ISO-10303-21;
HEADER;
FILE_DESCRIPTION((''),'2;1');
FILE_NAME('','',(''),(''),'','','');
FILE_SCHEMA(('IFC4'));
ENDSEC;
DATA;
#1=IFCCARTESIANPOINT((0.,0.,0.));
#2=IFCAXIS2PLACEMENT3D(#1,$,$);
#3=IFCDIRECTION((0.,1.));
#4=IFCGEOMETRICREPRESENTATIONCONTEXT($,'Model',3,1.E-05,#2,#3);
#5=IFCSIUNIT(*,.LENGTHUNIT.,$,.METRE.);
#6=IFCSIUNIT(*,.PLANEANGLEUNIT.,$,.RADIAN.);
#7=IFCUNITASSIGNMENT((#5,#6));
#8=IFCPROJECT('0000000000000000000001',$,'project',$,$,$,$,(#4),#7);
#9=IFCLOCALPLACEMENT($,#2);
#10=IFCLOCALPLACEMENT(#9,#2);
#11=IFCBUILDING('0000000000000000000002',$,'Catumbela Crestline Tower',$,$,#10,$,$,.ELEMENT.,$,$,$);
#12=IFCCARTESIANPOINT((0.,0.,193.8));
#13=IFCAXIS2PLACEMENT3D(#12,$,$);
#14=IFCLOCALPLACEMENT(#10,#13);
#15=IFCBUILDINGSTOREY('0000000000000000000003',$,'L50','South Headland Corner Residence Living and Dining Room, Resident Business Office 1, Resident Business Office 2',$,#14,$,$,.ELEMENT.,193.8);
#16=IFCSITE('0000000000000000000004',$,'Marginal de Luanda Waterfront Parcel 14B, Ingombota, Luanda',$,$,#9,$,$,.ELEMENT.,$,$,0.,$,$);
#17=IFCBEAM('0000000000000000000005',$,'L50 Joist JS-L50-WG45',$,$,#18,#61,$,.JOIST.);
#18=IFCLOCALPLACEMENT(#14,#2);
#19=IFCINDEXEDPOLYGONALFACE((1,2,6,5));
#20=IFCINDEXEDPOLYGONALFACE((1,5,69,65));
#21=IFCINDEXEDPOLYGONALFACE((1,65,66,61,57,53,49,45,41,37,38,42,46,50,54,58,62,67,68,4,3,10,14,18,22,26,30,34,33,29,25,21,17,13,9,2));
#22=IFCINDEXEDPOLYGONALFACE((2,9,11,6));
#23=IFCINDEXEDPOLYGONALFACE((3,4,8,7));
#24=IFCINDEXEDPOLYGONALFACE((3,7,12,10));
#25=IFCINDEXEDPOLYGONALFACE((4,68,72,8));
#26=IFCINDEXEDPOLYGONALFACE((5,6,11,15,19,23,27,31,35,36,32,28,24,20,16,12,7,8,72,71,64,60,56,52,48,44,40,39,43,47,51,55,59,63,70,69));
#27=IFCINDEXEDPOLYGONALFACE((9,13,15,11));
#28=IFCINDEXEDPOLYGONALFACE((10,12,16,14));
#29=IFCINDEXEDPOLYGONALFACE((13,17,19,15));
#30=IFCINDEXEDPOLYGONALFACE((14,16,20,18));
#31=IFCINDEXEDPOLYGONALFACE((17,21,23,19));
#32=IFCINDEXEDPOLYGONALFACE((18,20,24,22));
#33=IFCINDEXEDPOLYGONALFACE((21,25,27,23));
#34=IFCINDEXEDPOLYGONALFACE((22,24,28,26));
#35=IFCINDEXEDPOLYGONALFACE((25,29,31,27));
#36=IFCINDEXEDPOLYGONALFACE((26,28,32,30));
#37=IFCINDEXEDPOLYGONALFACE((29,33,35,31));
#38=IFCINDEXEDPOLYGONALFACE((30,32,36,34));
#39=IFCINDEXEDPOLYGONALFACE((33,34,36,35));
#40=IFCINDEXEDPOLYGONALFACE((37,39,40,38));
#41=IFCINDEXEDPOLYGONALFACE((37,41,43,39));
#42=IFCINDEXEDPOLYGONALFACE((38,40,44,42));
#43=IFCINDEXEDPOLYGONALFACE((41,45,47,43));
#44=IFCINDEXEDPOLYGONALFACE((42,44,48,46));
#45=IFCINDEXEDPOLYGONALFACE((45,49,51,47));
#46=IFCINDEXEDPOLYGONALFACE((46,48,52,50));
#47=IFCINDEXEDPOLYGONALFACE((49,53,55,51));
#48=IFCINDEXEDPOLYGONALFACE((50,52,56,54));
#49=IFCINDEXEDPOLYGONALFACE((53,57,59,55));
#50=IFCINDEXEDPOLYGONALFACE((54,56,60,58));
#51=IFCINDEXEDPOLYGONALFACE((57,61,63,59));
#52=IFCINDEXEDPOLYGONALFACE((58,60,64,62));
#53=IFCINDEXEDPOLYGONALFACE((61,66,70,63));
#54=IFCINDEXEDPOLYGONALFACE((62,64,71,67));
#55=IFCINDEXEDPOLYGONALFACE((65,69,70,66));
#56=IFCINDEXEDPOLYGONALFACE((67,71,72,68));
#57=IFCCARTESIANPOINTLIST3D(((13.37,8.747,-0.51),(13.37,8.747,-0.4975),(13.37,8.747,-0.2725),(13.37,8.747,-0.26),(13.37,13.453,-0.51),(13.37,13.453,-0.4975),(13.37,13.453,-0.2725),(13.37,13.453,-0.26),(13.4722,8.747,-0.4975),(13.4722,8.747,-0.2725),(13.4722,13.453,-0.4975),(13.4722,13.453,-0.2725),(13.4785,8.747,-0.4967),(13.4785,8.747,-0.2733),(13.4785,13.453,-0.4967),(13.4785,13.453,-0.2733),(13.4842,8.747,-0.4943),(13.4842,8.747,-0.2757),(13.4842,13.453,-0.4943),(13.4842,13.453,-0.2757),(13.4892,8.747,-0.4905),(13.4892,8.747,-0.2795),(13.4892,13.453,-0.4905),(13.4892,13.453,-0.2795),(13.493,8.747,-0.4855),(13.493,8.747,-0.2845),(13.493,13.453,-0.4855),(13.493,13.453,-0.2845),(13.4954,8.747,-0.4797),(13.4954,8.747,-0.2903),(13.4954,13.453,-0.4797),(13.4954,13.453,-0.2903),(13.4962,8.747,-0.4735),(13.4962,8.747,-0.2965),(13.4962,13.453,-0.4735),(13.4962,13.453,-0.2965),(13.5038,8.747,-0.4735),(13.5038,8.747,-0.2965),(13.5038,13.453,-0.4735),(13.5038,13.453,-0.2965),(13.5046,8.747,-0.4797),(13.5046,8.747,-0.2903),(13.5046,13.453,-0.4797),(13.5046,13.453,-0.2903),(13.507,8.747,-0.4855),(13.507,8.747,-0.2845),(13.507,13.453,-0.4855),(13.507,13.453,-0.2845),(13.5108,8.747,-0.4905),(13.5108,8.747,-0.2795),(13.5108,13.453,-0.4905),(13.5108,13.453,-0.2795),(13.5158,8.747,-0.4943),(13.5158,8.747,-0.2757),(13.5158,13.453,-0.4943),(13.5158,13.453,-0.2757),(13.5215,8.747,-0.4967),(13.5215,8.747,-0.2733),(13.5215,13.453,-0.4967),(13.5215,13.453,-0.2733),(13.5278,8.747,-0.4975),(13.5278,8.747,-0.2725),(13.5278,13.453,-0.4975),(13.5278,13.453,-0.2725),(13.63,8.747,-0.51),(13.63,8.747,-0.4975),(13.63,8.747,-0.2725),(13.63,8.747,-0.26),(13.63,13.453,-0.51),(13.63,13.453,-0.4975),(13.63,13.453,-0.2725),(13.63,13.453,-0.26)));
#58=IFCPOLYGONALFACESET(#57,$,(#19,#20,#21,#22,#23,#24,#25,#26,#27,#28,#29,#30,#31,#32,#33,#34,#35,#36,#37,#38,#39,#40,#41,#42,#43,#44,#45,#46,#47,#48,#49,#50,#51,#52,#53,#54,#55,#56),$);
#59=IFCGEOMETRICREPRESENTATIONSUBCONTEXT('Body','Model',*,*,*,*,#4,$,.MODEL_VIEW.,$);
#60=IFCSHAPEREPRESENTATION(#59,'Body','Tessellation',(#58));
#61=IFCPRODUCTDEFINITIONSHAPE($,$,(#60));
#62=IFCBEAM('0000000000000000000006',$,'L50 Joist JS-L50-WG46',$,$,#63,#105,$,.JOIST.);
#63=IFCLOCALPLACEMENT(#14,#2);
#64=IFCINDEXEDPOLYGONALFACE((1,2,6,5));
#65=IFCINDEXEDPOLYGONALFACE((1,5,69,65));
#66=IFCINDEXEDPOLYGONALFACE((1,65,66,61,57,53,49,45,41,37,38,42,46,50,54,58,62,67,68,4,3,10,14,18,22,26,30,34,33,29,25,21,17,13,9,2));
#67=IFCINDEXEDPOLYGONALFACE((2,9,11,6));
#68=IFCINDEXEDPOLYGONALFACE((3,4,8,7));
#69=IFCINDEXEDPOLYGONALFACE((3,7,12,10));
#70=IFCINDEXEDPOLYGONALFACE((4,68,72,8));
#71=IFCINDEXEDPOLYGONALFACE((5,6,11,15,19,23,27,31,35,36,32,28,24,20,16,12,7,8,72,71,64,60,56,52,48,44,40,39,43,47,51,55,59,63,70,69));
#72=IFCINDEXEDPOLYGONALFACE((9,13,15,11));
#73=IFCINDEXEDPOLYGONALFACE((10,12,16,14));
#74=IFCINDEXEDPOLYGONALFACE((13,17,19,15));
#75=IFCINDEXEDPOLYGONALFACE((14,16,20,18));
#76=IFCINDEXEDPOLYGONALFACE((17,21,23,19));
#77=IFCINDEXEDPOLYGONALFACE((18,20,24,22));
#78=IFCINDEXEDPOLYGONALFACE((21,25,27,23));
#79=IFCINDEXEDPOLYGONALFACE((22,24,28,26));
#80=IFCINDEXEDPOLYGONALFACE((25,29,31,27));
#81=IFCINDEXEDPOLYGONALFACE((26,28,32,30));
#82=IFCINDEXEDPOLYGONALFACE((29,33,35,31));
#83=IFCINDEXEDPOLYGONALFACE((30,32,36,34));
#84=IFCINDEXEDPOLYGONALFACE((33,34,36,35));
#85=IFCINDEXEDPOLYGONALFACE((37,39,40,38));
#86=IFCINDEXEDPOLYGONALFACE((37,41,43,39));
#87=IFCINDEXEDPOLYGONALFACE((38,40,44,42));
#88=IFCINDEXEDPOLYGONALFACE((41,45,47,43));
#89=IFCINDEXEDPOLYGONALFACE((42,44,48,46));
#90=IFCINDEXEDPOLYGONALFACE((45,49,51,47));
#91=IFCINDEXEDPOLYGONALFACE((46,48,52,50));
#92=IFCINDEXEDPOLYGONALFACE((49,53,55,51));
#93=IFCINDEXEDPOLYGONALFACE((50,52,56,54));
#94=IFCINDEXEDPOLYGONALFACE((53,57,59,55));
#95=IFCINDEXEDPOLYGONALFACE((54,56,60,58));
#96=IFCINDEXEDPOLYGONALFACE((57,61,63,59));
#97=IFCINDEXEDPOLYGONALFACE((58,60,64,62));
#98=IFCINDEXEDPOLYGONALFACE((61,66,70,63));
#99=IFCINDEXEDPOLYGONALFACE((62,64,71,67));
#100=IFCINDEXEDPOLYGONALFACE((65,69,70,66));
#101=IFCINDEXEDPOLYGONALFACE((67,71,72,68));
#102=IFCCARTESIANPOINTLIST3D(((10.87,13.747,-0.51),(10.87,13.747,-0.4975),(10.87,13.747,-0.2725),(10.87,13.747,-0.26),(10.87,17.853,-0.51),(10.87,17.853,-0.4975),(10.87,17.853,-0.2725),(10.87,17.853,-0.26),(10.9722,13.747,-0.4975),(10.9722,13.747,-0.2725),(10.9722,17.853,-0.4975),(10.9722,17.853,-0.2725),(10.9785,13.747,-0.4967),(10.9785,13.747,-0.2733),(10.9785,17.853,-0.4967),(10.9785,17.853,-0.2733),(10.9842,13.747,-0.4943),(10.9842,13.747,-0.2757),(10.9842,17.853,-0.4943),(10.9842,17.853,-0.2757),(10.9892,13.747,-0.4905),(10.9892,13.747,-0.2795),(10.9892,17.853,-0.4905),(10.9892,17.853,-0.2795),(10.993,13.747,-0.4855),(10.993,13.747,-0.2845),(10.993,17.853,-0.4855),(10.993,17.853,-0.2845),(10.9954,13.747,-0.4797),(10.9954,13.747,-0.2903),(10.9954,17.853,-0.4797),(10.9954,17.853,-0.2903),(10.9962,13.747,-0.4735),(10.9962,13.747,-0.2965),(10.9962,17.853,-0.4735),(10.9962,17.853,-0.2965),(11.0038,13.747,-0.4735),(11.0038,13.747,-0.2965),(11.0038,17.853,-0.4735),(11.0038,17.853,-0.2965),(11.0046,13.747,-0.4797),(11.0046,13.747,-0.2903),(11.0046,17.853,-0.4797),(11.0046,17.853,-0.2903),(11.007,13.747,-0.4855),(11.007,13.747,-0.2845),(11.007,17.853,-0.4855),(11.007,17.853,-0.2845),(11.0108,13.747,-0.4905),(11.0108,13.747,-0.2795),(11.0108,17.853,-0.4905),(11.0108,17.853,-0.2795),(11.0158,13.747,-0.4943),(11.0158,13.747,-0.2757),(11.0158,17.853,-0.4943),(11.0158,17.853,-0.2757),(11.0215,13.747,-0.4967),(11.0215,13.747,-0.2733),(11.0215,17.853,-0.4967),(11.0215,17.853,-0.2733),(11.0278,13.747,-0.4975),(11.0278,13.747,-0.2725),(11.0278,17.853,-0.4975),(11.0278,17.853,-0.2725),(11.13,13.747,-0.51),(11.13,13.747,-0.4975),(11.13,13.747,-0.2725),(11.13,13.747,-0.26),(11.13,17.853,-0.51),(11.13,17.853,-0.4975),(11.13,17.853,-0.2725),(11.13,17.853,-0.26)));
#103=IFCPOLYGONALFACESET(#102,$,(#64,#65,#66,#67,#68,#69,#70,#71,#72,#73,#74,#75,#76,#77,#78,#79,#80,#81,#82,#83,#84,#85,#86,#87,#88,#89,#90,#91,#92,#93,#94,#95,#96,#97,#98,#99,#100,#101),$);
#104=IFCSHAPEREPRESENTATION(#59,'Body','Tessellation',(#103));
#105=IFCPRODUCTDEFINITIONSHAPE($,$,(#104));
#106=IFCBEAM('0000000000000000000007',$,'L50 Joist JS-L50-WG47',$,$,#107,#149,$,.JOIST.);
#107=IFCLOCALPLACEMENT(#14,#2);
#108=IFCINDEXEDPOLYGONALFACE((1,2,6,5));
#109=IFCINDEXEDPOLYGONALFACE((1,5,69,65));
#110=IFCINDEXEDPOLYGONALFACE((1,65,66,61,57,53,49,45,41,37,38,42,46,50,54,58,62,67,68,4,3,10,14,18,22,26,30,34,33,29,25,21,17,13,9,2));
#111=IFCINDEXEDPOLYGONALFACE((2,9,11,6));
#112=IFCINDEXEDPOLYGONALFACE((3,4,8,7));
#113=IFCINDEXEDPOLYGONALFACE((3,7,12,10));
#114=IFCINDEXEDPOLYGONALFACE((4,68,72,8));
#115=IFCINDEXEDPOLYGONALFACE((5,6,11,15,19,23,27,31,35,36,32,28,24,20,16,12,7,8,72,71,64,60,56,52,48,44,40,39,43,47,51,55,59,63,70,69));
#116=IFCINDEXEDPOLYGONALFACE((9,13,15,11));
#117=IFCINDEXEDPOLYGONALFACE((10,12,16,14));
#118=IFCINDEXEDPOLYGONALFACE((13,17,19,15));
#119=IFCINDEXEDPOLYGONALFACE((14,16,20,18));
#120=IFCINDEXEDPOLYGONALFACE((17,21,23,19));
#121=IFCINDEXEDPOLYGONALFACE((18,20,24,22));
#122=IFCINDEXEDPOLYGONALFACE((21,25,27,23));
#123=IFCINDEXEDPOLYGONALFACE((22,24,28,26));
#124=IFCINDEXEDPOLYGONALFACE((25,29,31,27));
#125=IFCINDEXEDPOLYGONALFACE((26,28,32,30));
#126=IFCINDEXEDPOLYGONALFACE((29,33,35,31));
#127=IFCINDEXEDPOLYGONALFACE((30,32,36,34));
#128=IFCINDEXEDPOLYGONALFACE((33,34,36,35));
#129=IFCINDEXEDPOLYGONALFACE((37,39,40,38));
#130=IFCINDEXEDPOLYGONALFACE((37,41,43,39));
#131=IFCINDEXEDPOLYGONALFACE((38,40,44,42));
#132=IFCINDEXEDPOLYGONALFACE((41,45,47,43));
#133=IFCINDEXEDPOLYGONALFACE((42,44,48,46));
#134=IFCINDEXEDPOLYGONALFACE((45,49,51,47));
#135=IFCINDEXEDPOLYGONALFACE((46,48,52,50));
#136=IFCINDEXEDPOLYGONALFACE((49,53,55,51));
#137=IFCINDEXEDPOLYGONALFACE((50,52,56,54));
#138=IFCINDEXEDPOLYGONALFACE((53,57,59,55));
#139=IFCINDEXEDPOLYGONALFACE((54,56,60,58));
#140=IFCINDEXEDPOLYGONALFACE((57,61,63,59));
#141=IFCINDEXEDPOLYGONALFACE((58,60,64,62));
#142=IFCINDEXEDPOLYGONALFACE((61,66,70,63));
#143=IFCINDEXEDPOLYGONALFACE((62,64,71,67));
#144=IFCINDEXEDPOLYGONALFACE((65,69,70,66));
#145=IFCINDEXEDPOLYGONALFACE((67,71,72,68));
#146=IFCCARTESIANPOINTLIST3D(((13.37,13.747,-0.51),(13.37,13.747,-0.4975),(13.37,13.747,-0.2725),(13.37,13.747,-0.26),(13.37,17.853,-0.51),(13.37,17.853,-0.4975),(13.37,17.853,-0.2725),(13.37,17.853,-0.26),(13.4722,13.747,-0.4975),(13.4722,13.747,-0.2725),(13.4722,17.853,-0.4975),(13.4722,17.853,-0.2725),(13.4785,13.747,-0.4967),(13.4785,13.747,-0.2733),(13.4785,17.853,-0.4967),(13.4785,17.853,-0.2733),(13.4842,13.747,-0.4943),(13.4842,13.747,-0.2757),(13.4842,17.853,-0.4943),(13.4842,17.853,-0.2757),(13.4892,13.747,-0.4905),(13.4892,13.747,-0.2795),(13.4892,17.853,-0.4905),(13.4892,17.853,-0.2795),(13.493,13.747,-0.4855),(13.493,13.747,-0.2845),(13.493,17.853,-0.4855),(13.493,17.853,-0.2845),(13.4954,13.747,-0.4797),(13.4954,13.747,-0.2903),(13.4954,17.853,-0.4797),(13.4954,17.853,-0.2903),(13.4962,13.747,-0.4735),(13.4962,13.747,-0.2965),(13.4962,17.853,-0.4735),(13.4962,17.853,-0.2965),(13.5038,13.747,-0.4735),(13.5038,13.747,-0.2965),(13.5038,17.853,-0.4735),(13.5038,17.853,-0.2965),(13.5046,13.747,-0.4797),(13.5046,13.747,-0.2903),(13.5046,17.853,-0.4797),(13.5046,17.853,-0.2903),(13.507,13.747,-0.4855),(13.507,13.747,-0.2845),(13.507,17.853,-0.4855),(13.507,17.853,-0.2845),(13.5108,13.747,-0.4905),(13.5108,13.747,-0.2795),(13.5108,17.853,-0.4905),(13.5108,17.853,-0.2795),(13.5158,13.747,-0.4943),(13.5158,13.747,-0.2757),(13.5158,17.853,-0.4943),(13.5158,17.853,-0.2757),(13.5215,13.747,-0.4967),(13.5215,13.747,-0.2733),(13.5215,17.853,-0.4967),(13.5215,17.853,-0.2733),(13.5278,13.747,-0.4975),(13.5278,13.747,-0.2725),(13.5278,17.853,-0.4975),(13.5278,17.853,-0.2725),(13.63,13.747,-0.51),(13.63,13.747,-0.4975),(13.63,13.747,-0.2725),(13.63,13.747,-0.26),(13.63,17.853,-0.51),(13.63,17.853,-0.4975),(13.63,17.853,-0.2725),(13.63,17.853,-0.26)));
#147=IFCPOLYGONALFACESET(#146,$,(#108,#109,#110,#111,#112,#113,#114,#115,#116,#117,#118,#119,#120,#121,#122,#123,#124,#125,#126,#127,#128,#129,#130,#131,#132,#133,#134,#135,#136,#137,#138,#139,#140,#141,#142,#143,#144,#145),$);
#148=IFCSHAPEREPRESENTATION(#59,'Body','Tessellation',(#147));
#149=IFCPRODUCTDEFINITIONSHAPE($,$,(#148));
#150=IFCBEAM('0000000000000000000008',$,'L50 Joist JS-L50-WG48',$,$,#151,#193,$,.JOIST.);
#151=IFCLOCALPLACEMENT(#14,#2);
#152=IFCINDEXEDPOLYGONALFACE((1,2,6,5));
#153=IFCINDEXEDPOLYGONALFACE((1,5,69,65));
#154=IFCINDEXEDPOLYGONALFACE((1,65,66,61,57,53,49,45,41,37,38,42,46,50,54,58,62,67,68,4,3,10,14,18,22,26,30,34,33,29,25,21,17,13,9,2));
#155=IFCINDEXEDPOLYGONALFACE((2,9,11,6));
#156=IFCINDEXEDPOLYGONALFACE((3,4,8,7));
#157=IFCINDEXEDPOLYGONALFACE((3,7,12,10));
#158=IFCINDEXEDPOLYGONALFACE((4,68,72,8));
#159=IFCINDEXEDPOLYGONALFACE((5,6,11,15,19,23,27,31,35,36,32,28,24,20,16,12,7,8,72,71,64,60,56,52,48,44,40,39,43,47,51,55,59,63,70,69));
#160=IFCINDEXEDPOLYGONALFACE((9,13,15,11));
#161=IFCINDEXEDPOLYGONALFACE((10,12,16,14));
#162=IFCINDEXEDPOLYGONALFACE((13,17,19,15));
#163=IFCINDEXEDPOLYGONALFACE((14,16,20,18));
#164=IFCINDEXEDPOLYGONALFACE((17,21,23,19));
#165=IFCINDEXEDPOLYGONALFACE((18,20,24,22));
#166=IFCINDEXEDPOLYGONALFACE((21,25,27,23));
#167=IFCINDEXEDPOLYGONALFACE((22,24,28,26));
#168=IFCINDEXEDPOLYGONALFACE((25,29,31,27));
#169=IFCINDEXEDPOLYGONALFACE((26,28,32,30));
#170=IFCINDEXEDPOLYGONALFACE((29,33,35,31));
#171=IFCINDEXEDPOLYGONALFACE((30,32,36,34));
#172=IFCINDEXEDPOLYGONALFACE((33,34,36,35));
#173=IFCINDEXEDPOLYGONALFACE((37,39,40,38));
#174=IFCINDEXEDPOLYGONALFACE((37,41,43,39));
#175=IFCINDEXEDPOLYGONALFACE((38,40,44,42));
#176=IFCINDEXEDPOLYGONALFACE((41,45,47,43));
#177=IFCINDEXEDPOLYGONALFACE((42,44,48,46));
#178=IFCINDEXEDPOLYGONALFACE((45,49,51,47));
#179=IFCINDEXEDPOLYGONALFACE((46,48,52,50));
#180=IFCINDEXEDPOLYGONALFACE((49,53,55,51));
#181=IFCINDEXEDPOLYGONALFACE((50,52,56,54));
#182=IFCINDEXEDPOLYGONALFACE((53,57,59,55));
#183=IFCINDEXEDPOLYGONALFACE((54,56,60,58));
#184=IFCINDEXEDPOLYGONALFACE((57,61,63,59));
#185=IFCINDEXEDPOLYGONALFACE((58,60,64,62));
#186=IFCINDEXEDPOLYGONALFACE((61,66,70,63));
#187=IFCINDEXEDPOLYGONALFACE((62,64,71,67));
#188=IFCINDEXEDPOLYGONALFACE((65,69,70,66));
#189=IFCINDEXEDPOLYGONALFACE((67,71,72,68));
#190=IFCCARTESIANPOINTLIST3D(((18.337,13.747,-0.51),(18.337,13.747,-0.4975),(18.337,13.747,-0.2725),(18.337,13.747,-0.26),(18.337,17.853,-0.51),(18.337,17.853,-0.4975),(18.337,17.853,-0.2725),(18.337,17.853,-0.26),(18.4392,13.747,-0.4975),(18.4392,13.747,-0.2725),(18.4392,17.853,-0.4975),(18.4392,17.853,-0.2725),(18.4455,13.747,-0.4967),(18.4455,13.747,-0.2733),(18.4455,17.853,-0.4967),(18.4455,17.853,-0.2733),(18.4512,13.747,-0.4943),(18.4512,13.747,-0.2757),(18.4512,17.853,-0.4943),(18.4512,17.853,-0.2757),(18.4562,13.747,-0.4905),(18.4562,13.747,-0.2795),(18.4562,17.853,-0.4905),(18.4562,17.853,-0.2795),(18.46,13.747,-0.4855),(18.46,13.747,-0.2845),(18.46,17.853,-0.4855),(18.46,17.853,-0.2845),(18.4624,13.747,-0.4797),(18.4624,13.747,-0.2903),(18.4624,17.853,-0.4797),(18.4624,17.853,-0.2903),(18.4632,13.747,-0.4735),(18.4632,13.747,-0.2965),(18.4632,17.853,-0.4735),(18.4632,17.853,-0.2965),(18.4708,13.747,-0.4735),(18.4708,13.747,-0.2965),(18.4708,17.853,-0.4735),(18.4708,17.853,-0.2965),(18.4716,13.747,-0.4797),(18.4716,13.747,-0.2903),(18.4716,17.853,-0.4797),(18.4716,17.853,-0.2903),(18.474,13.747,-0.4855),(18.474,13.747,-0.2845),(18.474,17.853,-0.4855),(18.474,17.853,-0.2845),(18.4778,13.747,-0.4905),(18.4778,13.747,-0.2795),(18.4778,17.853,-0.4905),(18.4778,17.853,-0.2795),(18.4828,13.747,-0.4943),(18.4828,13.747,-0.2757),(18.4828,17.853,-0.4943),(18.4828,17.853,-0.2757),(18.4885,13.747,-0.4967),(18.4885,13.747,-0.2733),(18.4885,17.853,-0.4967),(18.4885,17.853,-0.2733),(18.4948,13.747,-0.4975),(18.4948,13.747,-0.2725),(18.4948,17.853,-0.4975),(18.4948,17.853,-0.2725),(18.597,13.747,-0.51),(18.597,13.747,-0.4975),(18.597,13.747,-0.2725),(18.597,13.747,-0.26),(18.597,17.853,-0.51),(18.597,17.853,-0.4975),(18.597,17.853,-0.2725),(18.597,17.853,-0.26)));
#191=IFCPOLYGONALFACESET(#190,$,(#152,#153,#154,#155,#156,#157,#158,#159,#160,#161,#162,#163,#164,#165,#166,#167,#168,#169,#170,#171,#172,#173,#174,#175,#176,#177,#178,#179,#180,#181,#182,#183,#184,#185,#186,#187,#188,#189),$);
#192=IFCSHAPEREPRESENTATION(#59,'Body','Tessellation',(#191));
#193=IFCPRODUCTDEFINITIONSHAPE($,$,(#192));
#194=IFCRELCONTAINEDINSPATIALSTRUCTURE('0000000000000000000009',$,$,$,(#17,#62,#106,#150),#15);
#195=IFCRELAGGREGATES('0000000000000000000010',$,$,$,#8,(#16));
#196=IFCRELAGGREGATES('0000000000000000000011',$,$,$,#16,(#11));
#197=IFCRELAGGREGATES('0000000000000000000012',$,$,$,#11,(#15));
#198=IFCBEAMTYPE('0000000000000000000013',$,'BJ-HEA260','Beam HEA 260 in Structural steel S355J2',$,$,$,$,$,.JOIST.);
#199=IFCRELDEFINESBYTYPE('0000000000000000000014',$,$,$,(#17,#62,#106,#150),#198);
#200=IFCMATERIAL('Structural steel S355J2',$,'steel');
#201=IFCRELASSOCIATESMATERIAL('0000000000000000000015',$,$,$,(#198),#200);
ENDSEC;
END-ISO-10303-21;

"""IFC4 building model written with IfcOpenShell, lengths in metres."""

from ifc_helpers import new_model, si_unit, direction, frame, origin, origin_2d, place, context, subcontext, project, spatial, i_section, extrude, material, material_profile, profile_set, type_object, element, save


model = new_model("IFC4")

# Units and contexts
model_context = context("Model", 3, precision=1e-05, world=origin(), true_north=direction((0.0, 1.0)))
body_context = subcontext(model_context, "Body", "Model", "MODEL_VIEW")
ifc_project = project(units=[si_unit("LENGTHUNIT", "METRE"), si_unit("PLANEANGLEUNIT", "RADIAN")], contexts=[model_context])

# Site, building, storey
site_placement = place(None, origin())
site = spatial("IfcSite", under=ifc_project, at=site_placement, Name="Marginal de Luanda Waterfront Parcel 14B, Ingombota, Luanda", CompositionType="ELEMENT", RefElevation=0.0)
building_placement = place(site_placement, origin())
building = spatial("IfcBuilding", under=site, at=building_placement, Name="Catumbela Crestline Tower", CompositionType="ELEMENT")
storey_placement = place(building_placement, frame((0.0, 0.0, 193.8)))
storey = spatial("IfcBuildingStorey", under=building, at=storey_placement, Name="L50", Description="South Headland Corner Residence Living and Dining Room, Resident Business Office 1, Resident Business Office 2", CompositionType="ELEMENT", Elevation=193.8)

# Shared definitions
ifc_material_1 = material(Name="Structural steel S355J2", Category="steel")

# Beams
ifc_material_profile_1 = material_profile(ifc_material_1, i_section(OverallWidth=0.26, OverallDepth=0.25, WebThickness=0.0075, FlangeThickness=0.0125, FilletRadius=0.024, at=origin_2d()), Name="HEA 260")
ifc_profile_set_1 = profile_set([ifc_material_profile_1], Name="Structural steel S355J2")
beam_type_1 = type_object("IfcBeamType", Name="BJ-HEA260", Description="Beam HEA 260 in Structural steel S355J2", PredefinedType="JOIST", material=ifc_profile_set_1)
for number, where, z_axis, x_axis, name in (
    (1, (13.5, 8.747, -0.385), (0.0, 1.0, 0.0), (-1.0, 0.0, 0.0), "L50 Joist JS-L50-WG45"),
):
    element("IfcBeam", number, at=place(storey_placement, frame(where, z_axis=z_axis, x_axis=x_axis)), inside=storey, type_object=beam_type_1, Name=name, PredefinedType="JOIST", context=body_context, shape_type="SweptSolid", body=[
        extrude(i_section(OverallWidth=0.26, OverallDepth=0.25, WebThickness=0.0075, FlangeThickness=0.0125, FilletRadius=0.024, at=origin_2d()), origin(), (0.0, 0.0, 1.0), 4.706),
    ])
for number, where, z_axis, x_axis, name in (
    (2, (11.0, 13.747, -0.385), (0.0, 1.0, 0.0), (-1.0, 0.0, 0.0), "L50 Joist JS-L50-WG46"),
    (3, (13.5, 13.747, -0.385), (0.0, 1.0, 0.0), (-1.0, 0.0, 0.0), "L50 Joist JS-L50-WG47"),
    (4, (18.467, 13.747, -0.385), (0.0, 1.0, 0.0), (-1.0, 0.0, 0.0), "L50 Joist JS-L50-WG48"),
):
    element("IfcBeam", number, at=place(storey_placement, frame(where, z_axis=z_axis, x_axis=x_axis)), inside=storey, type_object=beam_type_1, Name=name, PredefinedType="JOIST", context=body_context, shape_type="SweptSolid", body=[
        extrude(i_section(OverallWidth=0.26, OverallDepth=0.25, WebThickness=0.0075, FlangeThickness=0.0125, FilletRadius=0.024, at=origin_2d()), origin(), (0.0, 0.0, 1.0), 4.106),
    ])

save(model, "model.ifc")
